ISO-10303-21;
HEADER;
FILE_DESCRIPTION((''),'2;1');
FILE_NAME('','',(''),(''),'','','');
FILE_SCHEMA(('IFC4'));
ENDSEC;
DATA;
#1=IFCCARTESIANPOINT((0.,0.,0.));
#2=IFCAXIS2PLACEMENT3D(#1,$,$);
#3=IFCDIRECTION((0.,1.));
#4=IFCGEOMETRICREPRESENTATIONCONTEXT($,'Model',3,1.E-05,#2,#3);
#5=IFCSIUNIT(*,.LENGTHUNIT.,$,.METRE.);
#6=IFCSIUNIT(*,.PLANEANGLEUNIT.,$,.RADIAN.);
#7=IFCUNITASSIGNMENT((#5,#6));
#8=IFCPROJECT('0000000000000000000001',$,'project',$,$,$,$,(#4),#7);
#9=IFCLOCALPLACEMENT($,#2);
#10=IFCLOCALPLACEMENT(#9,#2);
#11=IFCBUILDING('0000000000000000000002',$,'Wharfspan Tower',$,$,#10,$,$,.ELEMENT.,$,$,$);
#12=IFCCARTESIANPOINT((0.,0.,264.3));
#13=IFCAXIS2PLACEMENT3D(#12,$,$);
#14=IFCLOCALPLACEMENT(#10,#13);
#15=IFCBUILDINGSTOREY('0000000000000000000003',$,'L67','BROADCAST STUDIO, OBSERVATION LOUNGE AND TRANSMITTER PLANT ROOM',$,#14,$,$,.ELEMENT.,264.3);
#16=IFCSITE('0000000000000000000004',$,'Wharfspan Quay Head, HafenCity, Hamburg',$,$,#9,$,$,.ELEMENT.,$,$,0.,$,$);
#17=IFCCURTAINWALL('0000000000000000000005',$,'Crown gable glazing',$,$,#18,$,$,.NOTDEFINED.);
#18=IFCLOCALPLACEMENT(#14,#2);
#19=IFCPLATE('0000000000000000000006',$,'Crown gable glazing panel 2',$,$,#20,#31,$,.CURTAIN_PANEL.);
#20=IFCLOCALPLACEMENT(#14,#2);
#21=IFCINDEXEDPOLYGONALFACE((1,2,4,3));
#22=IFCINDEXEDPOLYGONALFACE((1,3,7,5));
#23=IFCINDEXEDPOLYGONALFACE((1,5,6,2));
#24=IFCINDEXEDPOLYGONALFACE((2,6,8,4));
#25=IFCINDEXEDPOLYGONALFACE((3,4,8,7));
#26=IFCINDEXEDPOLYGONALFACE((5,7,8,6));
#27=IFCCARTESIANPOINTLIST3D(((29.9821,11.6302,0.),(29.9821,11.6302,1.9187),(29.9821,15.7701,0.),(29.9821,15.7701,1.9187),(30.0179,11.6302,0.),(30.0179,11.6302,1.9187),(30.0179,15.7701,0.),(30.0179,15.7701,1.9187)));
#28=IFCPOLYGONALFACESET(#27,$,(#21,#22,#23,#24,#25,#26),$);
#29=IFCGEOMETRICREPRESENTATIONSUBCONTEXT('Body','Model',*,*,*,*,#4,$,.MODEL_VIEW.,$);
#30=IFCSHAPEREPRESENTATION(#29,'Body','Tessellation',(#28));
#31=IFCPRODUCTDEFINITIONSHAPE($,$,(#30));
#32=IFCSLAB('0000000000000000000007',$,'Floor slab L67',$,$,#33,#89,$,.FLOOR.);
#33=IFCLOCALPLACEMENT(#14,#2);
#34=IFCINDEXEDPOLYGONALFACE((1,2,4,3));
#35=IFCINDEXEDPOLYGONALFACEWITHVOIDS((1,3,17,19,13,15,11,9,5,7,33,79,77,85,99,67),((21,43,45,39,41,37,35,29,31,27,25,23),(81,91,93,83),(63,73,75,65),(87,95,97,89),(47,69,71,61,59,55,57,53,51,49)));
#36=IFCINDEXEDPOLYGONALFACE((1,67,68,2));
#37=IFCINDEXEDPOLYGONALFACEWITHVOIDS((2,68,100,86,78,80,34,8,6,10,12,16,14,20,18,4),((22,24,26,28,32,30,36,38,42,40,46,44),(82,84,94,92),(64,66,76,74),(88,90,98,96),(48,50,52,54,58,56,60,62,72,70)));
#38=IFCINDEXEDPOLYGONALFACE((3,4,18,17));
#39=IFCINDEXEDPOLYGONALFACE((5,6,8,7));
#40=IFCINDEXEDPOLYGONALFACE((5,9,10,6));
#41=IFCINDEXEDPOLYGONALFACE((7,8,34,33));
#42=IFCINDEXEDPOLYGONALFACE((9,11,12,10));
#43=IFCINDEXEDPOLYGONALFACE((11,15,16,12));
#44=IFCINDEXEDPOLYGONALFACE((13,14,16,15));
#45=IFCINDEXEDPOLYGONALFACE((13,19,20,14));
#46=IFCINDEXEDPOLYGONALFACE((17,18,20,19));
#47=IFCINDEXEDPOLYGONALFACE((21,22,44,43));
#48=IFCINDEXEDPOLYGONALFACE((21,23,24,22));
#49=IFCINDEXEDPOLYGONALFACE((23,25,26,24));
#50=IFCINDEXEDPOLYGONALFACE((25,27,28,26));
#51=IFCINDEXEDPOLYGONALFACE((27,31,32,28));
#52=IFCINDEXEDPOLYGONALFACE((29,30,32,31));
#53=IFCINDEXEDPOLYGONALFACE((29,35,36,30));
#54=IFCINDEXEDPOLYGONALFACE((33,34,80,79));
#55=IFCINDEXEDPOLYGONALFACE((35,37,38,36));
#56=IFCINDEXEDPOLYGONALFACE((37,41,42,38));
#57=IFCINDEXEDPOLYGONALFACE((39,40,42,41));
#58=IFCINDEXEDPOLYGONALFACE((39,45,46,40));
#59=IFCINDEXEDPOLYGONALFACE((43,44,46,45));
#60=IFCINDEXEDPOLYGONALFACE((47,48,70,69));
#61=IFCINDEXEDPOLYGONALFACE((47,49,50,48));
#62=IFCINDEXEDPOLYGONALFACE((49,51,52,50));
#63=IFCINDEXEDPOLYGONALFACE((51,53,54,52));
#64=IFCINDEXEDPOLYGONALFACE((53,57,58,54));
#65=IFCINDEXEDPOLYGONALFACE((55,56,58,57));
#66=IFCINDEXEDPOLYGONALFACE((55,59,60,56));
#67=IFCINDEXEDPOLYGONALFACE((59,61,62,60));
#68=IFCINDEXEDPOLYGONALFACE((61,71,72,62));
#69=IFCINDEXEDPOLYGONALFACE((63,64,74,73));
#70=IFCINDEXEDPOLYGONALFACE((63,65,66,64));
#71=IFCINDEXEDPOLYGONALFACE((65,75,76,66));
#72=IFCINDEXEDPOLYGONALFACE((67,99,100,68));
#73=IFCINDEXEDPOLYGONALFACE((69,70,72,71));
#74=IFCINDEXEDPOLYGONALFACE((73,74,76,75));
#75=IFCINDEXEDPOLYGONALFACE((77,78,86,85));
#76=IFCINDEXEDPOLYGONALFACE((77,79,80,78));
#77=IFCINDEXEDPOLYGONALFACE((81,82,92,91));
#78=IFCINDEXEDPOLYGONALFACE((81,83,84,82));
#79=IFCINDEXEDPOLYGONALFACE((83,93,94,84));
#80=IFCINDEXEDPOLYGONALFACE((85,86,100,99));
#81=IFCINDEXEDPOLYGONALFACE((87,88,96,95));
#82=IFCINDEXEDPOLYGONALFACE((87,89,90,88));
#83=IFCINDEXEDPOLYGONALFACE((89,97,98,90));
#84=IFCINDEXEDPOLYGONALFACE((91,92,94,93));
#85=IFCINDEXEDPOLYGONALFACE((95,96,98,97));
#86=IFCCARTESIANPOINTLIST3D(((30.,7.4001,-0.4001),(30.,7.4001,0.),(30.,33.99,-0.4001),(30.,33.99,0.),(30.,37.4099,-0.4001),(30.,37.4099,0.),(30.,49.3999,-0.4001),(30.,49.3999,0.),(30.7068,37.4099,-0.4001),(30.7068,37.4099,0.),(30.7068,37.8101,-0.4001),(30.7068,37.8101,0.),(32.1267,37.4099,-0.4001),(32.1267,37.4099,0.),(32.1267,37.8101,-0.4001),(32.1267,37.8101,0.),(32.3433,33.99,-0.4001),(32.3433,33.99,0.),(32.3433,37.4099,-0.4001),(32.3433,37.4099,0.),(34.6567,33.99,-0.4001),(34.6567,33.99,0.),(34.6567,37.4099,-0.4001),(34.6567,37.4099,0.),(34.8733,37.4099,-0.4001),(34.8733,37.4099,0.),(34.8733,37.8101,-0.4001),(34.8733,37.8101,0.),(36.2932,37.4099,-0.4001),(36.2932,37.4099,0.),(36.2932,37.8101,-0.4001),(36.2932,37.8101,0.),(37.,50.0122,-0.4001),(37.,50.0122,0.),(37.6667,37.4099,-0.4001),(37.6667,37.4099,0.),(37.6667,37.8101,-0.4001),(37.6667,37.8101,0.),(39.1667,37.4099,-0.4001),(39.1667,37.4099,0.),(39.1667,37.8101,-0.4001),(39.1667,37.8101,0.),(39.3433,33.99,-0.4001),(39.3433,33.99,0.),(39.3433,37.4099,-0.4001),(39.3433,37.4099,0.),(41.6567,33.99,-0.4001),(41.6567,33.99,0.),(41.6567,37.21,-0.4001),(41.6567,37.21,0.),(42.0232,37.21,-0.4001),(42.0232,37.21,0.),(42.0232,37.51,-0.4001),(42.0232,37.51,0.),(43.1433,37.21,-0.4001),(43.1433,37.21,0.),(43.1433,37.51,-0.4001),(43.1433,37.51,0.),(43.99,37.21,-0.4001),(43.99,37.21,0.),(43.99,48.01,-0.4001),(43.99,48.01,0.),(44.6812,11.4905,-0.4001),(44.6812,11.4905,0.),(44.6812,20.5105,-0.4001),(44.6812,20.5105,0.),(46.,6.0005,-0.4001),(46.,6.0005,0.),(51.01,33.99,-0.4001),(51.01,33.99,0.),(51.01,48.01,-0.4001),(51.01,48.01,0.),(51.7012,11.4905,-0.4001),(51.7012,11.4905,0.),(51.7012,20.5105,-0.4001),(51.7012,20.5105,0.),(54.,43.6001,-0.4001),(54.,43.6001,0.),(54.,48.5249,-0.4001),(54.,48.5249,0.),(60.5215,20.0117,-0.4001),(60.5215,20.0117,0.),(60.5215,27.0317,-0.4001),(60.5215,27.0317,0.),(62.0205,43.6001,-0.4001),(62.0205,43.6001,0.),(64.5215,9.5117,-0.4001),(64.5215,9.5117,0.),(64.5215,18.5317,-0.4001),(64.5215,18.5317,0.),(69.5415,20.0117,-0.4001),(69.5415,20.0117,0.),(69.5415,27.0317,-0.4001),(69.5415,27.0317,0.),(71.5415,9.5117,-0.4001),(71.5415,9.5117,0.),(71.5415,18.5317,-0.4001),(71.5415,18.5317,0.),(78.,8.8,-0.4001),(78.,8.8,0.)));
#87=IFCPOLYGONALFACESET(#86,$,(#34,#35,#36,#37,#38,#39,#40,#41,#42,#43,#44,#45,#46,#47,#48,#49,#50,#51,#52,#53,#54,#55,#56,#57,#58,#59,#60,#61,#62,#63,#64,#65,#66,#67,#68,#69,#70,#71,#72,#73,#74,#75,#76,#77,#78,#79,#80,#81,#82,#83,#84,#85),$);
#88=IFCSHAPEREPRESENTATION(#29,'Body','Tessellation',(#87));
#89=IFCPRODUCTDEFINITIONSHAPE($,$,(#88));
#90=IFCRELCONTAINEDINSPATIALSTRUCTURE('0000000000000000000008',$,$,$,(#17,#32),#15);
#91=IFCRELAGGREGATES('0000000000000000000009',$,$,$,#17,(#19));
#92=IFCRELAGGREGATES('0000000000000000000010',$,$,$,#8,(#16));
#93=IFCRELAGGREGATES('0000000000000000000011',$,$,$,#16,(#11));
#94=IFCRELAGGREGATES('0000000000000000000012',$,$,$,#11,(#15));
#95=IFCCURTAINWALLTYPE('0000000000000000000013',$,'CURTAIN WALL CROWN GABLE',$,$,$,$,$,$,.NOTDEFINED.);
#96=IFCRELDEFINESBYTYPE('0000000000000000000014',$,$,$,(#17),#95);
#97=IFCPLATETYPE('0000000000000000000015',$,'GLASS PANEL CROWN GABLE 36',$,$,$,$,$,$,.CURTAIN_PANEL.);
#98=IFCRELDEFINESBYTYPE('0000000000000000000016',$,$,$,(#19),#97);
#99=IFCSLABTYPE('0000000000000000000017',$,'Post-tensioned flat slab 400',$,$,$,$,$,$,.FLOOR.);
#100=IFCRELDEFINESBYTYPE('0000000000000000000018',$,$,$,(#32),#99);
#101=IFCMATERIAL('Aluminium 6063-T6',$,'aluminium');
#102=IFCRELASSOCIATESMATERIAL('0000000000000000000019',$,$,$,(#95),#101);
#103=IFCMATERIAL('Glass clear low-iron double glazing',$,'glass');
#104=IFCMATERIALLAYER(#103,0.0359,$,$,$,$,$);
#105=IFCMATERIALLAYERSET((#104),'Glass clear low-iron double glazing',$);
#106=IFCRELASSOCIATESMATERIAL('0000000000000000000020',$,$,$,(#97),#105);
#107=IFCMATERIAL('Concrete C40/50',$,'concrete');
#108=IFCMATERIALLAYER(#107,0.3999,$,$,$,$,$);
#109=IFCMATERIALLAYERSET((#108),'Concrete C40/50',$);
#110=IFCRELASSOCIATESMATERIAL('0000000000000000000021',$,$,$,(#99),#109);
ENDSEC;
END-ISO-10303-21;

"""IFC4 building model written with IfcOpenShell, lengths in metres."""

from ifc_helpers import new_model, si_unit, direction, frame, origin, origin_2d, place, context, subcontext, project, spatial, polyline, rectangle, outline, extrude, material, layer, layer_set, type_object, element, aggregate, save


model = new_model("IFC4")

# Units and contexts
model_context = context("Model", 3, precision=1e-05, world=origin(), true_north=direction((0.0, 1.0)))
body_context = subcontext(model_context, "Body", "Model", "MODEL_VIEW")
ifc_project = project(units=[si_unit("LENGTHUNIT", "METRE"), si_unit("PLANEANGLEUNIT", "RADIAN")], contexts=[model_context])

# Site, building, storey
site_placement = place(None, origin())
site = spatial("IfcSite", under=ifc_project, at=site_placement, Name="Wharfspan Quay Head, HafenCity, Hamburg", CompositionType="ELEMENT", RefElevation=0.0)
building_placement = place(site_placement, origin())
building = spatial("IfcBuilding", under=site, at=building_placement, Name="Wharfspan Tower", CompositionType="ELEMENT")
storey_placement = place(building_placement, frame((0.0, 0.0, 264.3)))
storey = spatial("IfcBuildingStorey", under=building, at=storey_placement, Name="L67", Description="BROADCAST STUDIO, OBSERVATION LOUNGE AND TRANSMITTER PLANT ROOM", CompositionType="ELEMENT", Elevation=264.3)

# Curtain wall
ifc_material_1 = material(Name="Aluminium 6063-T6", Category="aluminium")
curtain_wall_type = type_object("IfcCurtainWallType", Name="CURTAIN WALL CROWN GABLE", PredefinedType="NOTDEFINED", material=ifc_material_1)
curtain_wall_placement = place(storey_placement, origin())
curtain_wall = element("IfcCurtainWall", 1, at=curtain_wall_placement, inside=storey, type_object=curtain_wall_type, Name="Crown gable glazing", PredefinedType="NOTDEFINED")

# Plate
ifc_material_2 = material(Name="Glass clear low-iron double glazing", Category="glass")
ifc_layer_1 = layer(ifc_material_2, 0.0359)
ifc_layer_set_1 = layer_set([ifc_layer_1], Name="Glass clear low-iron double glazing")
plate_type = type_object("IfcPlateType", Name="GLASS PANEL CROWN GABLE 36", PredefinedType="CURTAIN_PANEL", material=ifc_layer_set_1)
plate_1_placement = place(storey_placement, frame((30.0, 13.7002, 0.0), z_axis=(0.0, 0.0, 1.0), x_axis=(0.0, 1.0, 0.0)))
plate_1 = element("IfcPlate", 2, at=plate_1_placement, type_object=plate_type, Name="Crown gable glazing panel 2", PredefinedType="CURTAIN_PANEL", context=body_context, shape_type="SweptSolid", body=[
    extrude(rectangle(XDim=4.1399, YDim=0.0359, at=origin_2d()), origin(), (0.0, 0.0, 1.0), 1.9187),
])
aggregate(curtain_wall, [plate_1])

# Slab
ifc_material_3 = material(Name="Concrete C40/50", Category="concrete")
ifc_layer_2 = layer(ifc_material_3, 0.3999)
ifc_layer_set_2 = layer_set([ifc_layer_2], Name="Concrete C40/50")
slab_type_1 = type_object("IfcSlabType", Name="Post-tensioned flat slab 400", PredefinedType="FLOOR", material=ifc_layer_set_2)
slab_1_placement = place(storey_placement, frame((0.0, 0.0, -0.4001)))
element("IfcSlab", 3, at=slab_1_placement, inside=storey, type_object=slab_type_1, Name="Floor slab L67", PredefinedType="FLOOR", context=body_context, shape_type="SweptSolid", body=[
    extrude(outline(polyline([(37.0, 50.0122), (30.0, 49.3999), (30.0, 37.4099), (30.7068, 37.4099), (30.7068, 37.8101), (32.1267, 37.8101), (32.1267, 37.4099), (32.3433, 37.4099), (32.3433, 33.99), (30.0, 33.99), (30.0, 7.4001), (46.0, 6.0005), (78.0, 8.8), (62.0205, 43.6001), (54.0, 43.6001), (54.0, 48.5249), (37.0, 50.0122)]), holes=[polyline([(71.5415, 18.5317), (71.5415, 9.5117), (64.5215, 9.5117), (64.5215, 18.5317), (71.5415, 18.5317)]), polyline([(69.5415, 27.0317), (69.5415, 20.0117), (60.5215, 20.0117), (60.5215, 27.0317), (69.5415, 27.0317)]), polyline([(51.7012, 20.5105), (51.7012, 11.4905), (44.6812, 11.4905), (44.6812, 20.5105), (51.7012, 20.5105)]), polyline([(43.1433, 37.51), (43.1433, 37.21), (43.99, 37.21), (43.99, 48.01), (51.01, 48.01), (51.01, 33.99), (41.6567, 33.99), (41.6567, 37.21), (42.0232, 37.21), (42.0232, 37.51), (43.1433, 37.51)]), polyline([(36.2932, 37.8101), (36.2932, 37.4099), (37.6667, 37.4099), (37.6667, 37.8101), (39.1667, 37.8101), (39.1667, 37.4099), (39.3433, 37.4099), (39.3433, 33.99), (34.6567, 33.99), (34.6567, 37.4099), (34.8733, 37.4099), (34.8733, 37.8101), (36.2932, 37.8101)])]), origin(), (0.0, 0.0, 1.0), 0.4001),
])

save(model, "model.ifc")
